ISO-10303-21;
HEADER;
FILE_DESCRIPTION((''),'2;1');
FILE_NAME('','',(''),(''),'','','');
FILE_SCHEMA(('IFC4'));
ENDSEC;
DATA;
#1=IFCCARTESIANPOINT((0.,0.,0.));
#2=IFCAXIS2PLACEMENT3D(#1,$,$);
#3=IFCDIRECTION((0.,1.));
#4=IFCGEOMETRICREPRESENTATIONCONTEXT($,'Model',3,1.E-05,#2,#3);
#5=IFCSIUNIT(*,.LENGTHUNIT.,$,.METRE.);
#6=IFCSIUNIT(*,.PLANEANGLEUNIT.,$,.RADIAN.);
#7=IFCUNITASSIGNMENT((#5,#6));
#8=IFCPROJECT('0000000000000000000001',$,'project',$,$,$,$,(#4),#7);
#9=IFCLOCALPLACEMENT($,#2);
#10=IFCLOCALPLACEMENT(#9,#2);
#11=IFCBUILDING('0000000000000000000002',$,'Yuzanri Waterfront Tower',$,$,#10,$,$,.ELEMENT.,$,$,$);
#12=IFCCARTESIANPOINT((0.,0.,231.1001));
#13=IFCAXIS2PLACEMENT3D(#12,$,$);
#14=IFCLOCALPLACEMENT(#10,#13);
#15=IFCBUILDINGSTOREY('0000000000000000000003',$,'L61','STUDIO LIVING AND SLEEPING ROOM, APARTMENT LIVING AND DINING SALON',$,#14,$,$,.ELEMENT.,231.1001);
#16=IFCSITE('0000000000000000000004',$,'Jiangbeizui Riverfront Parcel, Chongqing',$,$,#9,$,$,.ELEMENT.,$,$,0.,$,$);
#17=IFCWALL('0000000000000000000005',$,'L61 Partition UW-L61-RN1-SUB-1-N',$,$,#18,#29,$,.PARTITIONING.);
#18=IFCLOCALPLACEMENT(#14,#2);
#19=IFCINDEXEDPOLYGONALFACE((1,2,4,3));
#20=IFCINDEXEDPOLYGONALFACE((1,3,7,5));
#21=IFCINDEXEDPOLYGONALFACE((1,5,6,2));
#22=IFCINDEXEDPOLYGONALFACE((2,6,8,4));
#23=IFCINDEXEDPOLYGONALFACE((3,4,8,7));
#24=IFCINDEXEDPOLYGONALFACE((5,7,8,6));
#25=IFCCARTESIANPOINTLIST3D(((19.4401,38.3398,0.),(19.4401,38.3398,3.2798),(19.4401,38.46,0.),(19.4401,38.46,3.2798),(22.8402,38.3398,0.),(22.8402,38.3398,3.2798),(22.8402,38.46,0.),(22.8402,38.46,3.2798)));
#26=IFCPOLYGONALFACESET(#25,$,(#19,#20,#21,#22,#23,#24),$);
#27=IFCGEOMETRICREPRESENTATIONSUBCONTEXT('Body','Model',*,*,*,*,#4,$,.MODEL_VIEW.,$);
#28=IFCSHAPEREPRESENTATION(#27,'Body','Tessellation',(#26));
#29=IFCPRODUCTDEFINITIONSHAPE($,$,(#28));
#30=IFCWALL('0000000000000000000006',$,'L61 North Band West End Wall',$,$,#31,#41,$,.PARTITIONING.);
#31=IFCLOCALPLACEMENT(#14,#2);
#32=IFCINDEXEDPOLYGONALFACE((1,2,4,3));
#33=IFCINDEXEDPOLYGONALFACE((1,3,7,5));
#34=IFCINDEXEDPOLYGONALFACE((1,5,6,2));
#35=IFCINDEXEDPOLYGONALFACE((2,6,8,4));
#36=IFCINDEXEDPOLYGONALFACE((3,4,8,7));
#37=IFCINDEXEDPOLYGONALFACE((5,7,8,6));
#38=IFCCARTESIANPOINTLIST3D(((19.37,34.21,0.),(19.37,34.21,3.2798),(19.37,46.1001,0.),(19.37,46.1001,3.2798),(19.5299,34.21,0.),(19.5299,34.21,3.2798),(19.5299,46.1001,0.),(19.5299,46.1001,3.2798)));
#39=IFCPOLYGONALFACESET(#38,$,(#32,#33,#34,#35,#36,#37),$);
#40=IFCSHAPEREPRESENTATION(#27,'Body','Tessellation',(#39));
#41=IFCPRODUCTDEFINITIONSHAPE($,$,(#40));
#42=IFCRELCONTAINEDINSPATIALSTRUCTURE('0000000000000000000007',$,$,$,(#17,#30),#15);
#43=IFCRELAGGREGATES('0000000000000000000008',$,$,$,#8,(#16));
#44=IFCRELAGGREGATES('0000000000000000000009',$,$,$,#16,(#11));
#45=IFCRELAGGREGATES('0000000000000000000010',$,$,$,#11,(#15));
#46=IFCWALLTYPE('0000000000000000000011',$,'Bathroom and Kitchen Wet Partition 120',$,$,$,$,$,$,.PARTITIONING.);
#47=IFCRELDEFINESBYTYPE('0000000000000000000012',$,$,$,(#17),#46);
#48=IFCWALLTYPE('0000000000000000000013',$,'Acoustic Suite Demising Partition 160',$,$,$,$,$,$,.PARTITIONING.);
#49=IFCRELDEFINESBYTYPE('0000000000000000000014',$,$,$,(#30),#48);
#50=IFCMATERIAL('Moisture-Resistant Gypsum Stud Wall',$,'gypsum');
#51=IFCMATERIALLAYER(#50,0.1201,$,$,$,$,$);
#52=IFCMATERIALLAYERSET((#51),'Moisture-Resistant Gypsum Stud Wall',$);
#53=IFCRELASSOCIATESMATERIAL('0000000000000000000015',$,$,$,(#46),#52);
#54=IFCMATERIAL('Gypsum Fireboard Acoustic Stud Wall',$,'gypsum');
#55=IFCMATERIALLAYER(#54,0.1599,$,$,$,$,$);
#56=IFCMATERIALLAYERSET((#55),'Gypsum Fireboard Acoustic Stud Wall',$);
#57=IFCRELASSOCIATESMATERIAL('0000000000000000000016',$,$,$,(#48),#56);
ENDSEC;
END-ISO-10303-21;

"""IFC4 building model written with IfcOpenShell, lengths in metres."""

from ifc_helpers import new_model, si_unit, direction, frame, frame_2d, origin, place, context, subcontext, project, spatial, rectangle, extrude, source, transform, mapped, material, layer, layer_set, type_object, element, save


model = new_model("IFC4")

# Units and contexts
model_context = context("Model", 3, precision=1e-05, world=origin(), true_north=direction((0.0, 1.0)))
body_context = subcontext(model_context, "Body", "Model", "MODEL_VIEW")
ifc_project = project(units=[si_unit("LENGTHUNIT", "METRE"), si_unit("PLANEANGLEUNIT", "RADIAN")], contexts=[model_context])

# Site, building, storey
site_placement = place(None, origin())
site = spatial("IfcSite", under=ifc_project, at=site_placement, Name="Jiangbeizui Riverfront Parcel, Chongqing", CompositionType="ELEMENT", RefElevation=0.0)
building_placement = place(site_placement, origin())
building = spatial("IfcBuilding", under=site, at=building_placement, Name="Yuzanri Waterfront Tower", CompositionType="ELEMENT")
storey_placement = place(building_placement, frame((0.0, 0.0, 231.1001)))
storey = spatial("IfcBuildingStorey", under=building, at=storey_placement, Name="L61", Description="STUDIO LIVING AND SLEEPING ROOM, APARTMENT LIVING AND DINING SALON", CompositionType="ELEMENT", Elevation=231.1001)

# Walls
ifc_material_1 = material(Name="Moisture-Resistant Gypsum Stud Wall", Category="gypsum")
ifc_layer_1 = layer(ifc_material_1, 0.1201)
ifc_layer_set_1 = layer_set([ifc_layer_1], Name="Moisture-Resistant Gypsum Stud Wall")
wall_type_1 = type_object("IfcWallType", Name="Bathroom and Kitchen Wet Partition 120", PredefinedType="PARTITIONING", material=ifc_layer_set_1)
shared_shape_1 = source(origin(), body_context, "Body", "SweptSolid", [
    extrude(rectangle(XDim=3.4001, YDim=0.1201, at=frame_2d((1.7002, 0.0))), origin(), (0.0, 0.0, 1.0), 3.2798),
])
wall_1_placement = place(storey_placement, frame((19.4399, 38.3999, 0.0), z_axis=(0.0, 0.0, 1.0), x_axis=(1.0, 0.0, 0.0)))
element("IfcWall", 1, at=wall_1_placement, inside=storey, type_object=wall_type_1, Name="L61 Partition UW-L61-RN1-SUB-1-N", PredefinedType="PARTITIONING", context=body_context, shape_type="MappedRepresentation", body=[
    mapped(shared_shape_1, transform((0.0, 0.0, 0.0), scale=1.0)),
])
ifc_material_2 = material(Name="Gypsum Fireboard Acoustic Stud Wall", Category="gypsum")
ifc_layer_2 = layer(ifc_material_2, 0.1599)
ifc_layer_set_2 = layer_set([ifc_layer_2], Name="Gypsum Fireboard Acoustic Stud Wall")
wall_type_2 = type_object("IfcWallType", Name="Acoustic Suite Demising Partition 160", PredefinedType="PARTITIONING", material=ifc_layer_set_2)
shared_shape_2 = source(origin(), body_context, "Body", "SweptSolid", [
    extrude(rectangle(XDim=11.8901, YDim=0.1599, at=frame_2d((5.9451, 0.0))), origin(), (0.0, 0.0, 1.0), 3.2798),
])
wall_2_placement = place(storey_placement, frame((19.45, 34.21, 0.0), z_axis=(0.0, 0.0, 1.0), x_axis=(0.0, 1.0, 0.0)))
element("IfcWall", 2, at=wall_2_placement, inside=storey, type_object=wall_type_2, Name="L61 North Band West End Wall", PredefinedType="PARTITIONING", context=body_context, shape_type="MappedRepresentation", body=[
    mapped(shared_shape_2, transform((0.0, 0.0, 0.0), scale=1.0)),
])

save(model, "model.ifc")
